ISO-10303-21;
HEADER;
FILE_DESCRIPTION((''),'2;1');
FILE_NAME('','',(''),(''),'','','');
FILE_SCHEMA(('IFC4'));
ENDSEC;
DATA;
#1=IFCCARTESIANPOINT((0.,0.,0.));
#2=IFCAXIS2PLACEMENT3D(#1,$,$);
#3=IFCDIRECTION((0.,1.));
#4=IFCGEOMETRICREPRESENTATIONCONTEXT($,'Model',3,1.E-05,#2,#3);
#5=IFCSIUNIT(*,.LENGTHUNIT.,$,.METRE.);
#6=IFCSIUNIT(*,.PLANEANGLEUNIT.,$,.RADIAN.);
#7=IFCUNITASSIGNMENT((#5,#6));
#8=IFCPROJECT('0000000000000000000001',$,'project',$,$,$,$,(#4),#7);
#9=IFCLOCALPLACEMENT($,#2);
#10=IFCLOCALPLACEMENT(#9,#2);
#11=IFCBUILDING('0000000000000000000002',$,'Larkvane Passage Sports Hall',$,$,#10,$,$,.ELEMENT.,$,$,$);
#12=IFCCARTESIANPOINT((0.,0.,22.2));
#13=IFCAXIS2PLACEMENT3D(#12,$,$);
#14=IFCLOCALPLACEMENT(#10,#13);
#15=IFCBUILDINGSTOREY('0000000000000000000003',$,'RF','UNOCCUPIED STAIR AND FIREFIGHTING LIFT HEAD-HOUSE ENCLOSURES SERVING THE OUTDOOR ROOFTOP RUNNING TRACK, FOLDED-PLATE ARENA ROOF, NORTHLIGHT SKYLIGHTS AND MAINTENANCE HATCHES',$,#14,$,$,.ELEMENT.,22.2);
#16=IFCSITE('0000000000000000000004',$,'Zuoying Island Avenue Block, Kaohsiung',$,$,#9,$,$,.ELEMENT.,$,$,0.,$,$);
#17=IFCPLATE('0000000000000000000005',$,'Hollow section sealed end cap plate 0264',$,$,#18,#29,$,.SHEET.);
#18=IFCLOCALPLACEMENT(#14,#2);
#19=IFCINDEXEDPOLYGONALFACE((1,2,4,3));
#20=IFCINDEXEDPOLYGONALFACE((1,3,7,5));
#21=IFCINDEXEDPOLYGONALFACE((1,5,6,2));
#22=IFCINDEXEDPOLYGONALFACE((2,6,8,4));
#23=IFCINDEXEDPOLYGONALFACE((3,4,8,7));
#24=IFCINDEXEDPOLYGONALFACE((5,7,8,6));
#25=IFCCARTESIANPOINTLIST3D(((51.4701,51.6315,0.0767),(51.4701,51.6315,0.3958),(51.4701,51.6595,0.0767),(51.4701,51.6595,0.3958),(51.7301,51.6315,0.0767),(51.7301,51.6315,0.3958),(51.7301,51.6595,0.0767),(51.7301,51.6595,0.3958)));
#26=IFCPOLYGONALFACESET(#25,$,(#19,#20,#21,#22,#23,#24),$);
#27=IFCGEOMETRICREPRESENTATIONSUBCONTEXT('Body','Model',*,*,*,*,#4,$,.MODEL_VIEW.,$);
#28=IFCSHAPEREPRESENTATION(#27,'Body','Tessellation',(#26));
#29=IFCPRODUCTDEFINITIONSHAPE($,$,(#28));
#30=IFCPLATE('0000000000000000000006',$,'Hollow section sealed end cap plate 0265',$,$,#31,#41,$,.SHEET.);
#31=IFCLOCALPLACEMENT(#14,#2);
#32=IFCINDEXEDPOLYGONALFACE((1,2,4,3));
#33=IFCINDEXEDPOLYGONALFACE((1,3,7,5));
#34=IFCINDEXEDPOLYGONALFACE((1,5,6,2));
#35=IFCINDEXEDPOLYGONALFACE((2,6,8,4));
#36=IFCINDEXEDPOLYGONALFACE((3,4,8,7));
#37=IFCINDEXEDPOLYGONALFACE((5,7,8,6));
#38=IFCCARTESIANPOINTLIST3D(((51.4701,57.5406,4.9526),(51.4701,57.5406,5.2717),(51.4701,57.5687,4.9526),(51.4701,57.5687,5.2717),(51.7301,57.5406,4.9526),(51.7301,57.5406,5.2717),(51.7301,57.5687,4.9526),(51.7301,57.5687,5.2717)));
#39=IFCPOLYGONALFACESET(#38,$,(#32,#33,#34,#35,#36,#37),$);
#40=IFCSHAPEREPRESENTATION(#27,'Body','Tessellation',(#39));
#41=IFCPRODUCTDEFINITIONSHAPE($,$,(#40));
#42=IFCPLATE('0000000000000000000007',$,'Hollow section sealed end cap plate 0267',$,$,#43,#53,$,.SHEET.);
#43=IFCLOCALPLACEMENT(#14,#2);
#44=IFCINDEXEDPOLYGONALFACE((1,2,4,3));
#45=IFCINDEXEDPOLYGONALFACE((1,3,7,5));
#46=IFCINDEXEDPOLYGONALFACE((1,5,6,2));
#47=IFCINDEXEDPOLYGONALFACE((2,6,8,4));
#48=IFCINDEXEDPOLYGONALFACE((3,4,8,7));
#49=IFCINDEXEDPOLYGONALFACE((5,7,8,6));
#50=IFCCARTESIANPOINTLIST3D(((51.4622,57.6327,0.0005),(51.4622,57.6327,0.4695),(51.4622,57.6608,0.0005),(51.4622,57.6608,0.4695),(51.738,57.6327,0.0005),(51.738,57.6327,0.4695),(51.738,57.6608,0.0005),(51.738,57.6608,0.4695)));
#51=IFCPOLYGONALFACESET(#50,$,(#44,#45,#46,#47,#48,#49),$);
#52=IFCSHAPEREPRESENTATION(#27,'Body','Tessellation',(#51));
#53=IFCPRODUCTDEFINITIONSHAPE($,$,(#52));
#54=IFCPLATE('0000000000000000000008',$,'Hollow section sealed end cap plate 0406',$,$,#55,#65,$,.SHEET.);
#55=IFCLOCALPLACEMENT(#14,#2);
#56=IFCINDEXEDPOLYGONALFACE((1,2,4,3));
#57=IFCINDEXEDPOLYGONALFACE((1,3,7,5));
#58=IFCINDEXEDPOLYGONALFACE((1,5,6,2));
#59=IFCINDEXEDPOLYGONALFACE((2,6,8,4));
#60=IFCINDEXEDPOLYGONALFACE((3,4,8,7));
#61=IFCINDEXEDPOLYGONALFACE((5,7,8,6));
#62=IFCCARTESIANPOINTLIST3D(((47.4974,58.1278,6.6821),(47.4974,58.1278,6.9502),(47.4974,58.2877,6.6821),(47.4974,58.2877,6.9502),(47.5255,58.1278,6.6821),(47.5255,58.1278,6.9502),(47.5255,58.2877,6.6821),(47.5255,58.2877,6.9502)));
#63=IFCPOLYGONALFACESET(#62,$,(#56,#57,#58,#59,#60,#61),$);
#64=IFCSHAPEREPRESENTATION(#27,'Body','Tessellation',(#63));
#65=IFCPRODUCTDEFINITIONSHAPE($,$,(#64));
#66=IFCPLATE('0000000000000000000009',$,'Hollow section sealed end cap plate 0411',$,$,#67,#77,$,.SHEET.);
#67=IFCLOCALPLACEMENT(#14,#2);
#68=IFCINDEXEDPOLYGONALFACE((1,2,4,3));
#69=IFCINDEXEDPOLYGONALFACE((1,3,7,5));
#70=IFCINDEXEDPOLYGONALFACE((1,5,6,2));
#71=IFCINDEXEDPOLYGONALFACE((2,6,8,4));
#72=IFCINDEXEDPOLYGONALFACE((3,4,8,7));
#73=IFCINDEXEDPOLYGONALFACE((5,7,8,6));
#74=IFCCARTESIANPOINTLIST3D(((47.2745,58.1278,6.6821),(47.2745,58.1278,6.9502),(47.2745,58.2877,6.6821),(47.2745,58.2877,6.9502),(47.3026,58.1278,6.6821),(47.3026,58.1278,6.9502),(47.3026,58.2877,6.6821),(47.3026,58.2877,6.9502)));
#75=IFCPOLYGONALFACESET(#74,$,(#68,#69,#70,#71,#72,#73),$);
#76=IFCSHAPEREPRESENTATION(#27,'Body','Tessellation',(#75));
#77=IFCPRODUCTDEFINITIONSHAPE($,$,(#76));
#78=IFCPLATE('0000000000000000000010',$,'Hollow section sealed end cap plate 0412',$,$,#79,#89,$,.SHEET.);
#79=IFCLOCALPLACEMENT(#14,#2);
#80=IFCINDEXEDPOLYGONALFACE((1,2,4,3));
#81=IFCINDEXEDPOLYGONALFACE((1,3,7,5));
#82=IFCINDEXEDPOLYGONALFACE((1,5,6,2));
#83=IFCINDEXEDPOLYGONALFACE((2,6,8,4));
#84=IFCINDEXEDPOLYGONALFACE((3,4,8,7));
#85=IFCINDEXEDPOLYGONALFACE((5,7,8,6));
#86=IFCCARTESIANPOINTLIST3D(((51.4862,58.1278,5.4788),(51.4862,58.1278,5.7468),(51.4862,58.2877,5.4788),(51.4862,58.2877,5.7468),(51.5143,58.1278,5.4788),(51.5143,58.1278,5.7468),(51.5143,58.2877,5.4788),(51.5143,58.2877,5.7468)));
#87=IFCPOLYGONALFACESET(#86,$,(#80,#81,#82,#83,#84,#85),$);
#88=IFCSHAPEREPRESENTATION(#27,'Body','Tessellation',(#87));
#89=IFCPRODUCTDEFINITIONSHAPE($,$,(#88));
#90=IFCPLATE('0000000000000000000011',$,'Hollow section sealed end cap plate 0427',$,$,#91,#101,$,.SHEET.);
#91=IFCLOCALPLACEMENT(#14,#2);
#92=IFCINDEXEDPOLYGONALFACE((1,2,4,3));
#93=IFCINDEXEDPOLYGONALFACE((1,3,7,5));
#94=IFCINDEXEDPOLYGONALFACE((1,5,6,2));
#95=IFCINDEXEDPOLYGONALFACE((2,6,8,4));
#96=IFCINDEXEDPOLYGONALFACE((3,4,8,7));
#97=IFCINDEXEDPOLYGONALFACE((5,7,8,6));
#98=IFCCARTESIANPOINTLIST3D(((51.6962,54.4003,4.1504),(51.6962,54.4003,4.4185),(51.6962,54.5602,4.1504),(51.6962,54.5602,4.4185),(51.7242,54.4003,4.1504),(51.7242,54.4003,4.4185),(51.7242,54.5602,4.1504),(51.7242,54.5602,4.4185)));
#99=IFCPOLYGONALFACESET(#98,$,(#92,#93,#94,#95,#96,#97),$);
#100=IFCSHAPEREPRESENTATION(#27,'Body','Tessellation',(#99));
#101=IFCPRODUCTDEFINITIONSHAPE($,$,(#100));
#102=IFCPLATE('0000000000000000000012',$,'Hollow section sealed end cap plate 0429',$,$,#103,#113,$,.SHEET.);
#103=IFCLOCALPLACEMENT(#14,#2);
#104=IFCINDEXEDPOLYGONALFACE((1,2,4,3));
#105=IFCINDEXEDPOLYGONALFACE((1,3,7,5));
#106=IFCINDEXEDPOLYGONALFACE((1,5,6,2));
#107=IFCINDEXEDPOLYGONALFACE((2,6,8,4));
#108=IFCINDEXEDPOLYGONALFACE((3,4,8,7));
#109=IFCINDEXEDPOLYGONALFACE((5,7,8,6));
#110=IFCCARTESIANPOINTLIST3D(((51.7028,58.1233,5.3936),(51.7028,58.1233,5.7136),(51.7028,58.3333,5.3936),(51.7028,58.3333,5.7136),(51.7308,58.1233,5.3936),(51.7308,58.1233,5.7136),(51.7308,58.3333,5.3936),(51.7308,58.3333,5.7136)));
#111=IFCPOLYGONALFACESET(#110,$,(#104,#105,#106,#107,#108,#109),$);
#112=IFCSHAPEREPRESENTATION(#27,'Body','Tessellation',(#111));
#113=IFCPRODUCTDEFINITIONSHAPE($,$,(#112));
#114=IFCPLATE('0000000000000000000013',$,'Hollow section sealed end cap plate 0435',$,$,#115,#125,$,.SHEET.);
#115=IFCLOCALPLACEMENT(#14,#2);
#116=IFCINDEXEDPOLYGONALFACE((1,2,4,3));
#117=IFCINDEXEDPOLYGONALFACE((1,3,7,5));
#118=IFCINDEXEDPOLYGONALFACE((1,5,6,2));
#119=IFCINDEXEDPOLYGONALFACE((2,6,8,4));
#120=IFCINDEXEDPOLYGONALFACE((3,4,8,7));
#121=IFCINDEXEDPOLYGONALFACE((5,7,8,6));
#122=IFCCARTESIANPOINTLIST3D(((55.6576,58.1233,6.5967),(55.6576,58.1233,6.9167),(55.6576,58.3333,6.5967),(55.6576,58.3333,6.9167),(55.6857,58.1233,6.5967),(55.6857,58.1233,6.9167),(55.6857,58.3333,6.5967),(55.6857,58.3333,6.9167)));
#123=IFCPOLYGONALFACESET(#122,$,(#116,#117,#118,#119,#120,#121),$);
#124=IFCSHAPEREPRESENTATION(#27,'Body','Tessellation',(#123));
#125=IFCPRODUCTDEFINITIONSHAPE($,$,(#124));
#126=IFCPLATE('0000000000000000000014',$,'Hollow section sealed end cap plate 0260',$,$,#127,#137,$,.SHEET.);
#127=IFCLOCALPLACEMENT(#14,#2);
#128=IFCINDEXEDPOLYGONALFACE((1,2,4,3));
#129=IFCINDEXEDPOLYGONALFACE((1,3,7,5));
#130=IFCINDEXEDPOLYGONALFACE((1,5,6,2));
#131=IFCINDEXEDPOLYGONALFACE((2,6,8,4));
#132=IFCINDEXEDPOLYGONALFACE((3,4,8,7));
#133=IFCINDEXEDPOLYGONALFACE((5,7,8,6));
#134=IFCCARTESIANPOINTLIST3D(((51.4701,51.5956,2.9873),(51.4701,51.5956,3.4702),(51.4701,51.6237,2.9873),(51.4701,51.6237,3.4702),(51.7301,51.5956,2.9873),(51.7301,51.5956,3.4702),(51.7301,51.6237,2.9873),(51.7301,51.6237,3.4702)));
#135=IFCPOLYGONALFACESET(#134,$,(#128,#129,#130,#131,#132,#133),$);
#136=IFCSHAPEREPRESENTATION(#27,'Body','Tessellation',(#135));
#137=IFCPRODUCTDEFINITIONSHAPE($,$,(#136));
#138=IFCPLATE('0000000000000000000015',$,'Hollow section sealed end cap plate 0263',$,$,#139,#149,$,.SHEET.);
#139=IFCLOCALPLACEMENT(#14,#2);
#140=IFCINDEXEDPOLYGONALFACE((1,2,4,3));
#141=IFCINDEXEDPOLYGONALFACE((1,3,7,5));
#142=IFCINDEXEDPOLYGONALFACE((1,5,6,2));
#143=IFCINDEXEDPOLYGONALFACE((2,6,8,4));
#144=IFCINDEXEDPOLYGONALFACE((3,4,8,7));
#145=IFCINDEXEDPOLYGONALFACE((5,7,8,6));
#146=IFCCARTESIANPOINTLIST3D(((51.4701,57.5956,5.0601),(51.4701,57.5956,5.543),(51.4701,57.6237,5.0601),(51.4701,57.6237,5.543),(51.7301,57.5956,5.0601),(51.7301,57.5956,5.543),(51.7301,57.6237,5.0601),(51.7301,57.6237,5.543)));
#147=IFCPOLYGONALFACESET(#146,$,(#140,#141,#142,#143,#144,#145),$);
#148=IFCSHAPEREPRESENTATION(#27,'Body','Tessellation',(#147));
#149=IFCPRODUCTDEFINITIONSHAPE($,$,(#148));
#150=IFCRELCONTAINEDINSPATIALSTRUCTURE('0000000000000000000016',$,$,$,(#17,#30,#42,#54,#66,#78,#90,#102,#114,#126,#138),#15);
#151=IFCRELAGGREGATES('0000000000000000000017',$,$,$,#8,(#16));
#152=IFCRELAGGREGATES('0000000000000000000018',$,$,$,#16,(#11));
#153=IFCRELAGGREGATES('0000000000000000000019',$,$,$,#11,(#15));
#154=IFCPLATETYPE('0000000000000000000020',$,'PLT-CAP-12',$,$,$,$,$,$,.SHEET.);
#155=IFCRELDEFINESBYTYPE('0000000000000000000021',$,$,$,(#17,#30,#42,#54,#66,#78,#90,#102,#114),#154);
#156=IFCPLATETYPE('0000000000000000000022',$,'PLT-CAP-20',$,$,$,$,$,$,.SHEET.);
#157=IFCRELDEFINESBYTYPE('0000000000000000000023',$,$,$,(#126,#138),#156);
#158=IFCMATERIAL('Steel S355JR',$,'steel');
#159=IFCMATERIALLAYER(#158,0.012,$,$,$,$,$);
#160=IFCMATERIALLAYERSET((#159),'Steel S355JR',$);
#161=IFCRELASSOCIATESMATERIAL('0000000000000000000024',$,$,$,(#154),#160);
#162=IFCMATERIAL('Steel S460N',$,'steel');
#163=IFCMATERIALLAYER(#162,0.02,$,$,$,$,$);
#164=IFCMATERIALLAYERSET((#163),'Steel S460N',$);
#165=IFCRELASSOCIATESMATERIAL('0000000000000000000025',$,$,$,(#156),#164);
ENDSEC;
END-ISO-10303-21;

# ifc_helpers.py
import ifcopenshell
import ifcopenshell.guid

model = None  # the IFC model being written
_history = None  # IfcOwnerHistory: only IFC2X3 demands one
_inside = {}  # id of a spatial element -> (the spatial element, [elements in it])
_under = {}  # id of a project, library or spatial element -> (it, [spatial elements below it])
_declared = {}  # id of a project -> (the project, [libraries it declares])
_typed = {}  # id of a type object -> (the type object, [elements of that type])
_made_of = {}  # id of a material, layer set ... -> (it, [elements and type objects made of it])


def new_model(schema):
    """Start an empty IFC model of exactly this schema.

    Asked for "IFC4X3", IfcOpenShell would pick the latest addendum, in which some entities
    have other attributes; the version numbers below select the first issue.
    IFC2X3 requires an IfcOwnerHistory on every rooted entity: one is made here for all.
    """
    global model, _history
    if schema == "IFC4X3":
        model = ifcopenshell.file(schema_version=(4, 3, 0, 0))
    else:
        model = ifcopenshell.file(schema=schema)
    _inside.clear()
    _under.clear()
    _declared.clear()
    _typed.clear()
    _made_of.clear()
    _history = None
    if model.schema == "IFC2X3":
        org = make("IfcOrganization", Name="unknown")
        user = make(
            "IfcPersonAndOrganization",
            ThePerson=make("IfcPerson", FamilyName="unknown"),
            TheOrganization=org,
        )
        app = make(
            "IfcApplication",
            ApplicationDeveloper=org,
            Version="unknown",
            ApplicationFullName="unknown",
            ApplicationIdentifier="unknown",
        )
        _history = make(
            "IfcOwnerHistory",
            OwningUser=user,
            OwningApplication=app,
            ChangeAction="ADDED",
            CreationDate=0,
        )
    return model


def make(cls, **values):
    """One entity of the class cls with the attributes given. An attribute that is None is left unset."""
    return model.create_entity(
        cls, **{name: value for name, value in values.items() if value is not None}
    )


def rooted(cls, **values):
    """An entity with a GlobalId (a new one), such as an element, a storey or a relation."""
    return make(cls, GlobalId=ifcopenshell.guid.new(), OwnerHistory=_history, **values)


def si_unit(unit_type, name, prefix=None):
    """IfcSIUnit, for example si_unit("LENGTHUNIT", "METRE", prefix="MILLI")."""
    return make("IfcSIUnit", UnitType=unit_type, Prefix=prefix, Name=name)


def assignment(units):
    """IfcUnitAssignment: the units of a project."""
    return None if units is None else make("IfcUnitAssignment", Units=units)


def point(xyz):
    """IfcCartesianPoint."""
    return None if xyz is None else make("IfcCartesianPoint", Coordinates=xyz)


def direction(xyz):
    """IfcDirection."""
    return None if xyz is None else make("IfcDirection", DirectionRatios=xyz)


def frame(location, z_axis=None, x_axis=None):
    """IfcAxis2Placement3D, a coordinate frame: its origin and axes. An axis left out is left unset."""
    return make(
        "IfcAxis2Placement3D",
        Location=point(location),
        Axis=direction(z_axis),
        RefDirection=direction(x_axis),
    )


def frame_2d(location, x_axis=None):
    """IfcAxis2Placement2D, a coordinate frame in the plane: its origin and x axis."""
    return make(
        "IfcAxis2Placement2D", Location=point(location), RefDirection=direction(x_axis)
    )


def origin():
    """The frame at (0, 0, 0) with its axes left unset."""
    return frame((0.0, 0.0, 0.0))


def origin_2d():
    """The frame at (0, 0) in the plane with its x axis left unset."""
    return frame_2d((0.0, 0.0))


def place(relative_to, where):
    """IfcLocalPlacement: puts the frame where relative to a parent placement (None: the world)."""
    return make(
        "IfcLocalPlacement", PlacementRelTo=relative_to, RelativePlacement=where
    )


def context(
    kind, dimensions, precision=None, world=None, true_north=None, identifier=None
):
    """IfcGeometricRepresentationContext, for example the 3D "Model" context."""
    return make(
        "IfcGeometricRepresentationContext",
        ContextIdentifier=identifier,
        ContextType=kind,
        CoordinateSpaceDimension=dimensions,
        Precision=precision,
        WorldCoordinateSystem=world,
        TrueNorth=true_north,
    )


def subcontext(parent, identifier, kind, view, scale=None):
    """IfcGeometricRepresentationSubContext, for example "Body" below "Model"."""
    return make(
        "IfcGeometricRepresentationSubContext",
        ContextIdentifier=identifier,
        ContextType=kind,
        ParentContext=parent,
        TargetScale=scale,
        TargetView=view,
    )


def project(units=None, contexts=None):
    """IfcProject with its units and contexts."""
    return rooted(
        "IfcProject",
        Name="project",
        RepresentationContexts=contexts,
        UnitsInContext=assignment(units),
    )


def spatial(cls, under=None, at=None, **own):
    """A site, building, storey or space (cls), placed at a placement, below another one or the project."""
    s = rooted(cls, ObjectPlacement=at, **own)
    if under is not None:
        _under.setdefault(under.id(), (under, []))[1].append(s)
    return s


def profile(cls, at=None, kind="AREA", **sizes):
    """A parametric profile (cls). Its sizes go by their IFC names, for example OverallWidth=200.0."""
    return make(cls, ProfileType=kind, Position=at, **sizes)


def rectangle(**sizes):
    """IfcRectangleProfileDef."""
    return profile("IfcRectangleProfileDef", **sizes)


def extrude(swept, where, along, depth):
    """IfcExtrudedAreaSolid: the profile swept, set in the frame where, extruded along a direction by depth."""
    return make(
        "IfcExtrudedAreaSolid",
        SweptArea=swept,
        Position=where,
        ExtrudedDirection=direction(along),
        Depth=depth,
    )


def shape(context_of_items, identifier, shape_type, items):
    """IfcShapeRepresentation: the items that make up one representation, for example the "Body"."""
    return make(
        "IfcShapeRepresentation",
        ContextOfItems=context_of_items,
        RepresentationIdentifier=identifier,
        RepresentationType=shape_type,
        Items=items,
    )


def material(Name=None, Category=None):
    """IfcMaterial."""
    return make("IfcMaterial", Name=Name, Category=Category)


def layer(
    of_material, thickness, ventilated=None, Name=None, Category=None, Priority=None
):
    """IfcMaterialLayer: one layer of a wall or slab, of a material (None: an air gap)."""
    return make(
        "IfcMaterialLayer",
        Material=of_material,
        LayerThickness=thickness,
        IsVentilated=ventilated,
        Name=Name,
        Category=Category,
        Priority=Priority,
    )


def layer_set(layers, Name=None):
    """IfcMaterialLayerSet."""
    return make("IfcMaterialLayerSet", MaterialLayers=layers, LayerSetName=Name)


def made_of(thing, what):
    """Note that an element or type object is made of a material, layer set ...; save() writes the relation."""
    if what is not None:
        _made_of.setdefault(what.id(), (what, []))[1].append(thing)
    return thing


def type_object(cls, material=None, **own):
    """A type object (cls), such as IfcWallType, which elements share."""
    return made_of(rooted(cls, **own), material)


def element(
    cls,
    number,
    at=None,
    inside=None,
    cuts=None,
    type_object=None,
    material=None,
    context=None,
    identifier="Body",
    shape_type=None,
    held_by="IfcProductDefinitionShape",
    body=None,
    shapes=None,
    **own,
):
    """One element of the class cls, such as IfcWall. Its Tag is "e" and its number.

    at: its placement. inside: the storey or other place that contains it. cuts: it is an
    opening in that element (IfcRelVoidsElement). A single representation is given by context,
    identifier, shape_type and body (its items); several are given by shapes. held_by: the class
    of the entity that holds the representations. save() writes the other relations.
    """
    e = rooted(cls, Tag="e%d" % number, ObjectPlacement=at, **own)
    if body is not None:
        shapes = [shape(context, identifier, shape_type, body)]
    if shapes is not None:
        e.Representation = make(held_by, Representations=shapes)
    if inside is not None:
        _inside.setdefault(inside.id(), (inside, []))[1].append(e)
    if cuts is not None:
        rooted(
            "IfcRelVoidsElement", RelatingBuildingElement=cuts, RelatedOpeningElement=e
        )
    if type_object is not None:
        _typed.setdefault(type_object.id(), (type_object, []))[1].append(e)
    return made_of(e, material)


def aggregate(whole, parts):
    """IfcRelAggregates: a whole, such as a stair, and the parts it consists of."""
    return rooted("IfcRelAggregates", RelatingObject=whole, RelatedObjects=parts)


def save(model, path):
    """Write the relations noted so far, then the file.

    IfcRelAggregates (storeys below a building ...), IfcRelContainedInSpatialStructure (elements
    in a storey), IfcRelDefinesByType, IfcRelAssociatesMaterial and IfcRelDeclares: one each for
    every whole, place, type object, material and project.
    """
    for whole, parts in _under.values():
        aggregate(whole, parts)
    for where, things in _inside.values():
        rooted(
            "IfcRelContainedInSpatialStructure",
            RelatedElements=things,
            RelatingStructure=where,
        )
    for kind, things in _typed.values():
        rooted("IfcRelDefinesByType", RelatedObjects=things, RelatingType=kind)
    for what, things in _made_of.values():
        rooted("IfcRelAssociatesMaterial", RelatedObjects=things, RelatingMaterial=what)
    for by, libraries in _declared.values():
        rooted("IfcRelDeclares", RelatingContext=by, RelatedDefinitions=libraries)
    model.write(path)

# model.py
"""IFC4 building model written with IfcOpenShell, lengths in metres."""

from ifc_helpers import new_model, si_unit, direction, frame, origin, origin_2d, place, context, subcontext, project, spatial, rectangle, extrude, material, layer, layer_set, type_object, element, save


model = new_model("IFC4")

# Units and contexts
model_context = context("Model", 3, precision=1e-05, world=origin(), true_north=direction((0.0, 1.0)))
body_context = subcontext(model_context, "Body", "Model", "MODEL_VIEW")
ifc_project = project(units=[si_unit("LENGTHUNIT", "METRE"), si_unit("PLANEANGLEUNIT", "RADIAN")], contexts=[model_context])

# Site, building, storey
site_placement = place(None, origin())
site = spatial("IfcSite", under=ifc_project, at=site_placement, Name="Zuoying Island Avenue Block, Kaohsiung", CompositionType="ELEMENT", RefElevation=0.0)
building_placement = place(site_placement, origin())
building = spatial("IfcBuilding", under=site, at=building_placement, Name="Larkvane Passage Sports Hall", CompositionType="ELEMENT")
storey_placement = place(building_placement, frame((0.0, 0.0, 22.2)))
storey = spatial("IfcBuildingStorey", under=building, at=storey_placement, Name="RF", Description="UNOCCUPIED STAIR AND FIREFIGHTING LIFT HEAD-HOUSE ENCLOSURES SERVING THE OUTDOOR ROOFTOP RUNNING TRACK, FOLDED-PLATE ARENA ROOF, NORTHLIGHT SKYLIGHTS AND MAINTENANCE HATCHES", CompositionType="ELEMENT", Elevation=22.2)

# Shared definitions
ifc_material_1 = material(Name="Steel S355JR", Category="steel")
ifc_material_2 = material(Name="Steel S460N", Category="steel")

# Plates
ifc_layer_1 = layer(ifc_material_1, 0.012)
ifc_layer_set_1 = layer_set([ifc_layer_1], Name="Steel S355JR")
plate_type_1 = type_object("IfcPlateType", Name="PLT-CAP-12", PredefinedType="SHEET", material=ifc_layer_set_1)
for number, where, z_axis, x_axis, name in (
    (1, (51.6001, 51.6455, 0.0767), (0.0, 0.0, 1.0), (-1.0, 0.0, 0.0), "Hollow section sealed end cap plate 0264"),
    (2, (51.6001, 57.5547, 4.9526), (0.0, 0.0, 1.0), (-1.0, 0.0, 0.0), "Hollow section sealed end cap plate 0265"),
):
    element("IfcPlate", number, at=place(storey_placement, frame(where, z_axis=z_axis, x_axis=x_axis)), inside=storey, type_object=plate_type_1, Name=name, PredefinedType="SHEET", context=body_context, shape_type="SweptSolid", body=[
        extrude(rectangle(XDim=0.26, YDim=0.0281, at=origin_2d()), origin(), (0.0, 0.0, 1.0), 0.3191),
    ])
plate_1_placement = place(storey_placement, frame((51.6001, 57.6467, 0.0005), z_axis=(0.0, 0.0, 1.0), x_axis=(-1.0, 0.0, 0.0)))
element("IfcPlate", 3, at=plate_1_placement, inside=storey, type_object=plate_type_1, Name="Hollow section sealed end cap plate 0267", PredefinedType="SHEET", context=body_context, shape_type="SweptSolid", body=[
    extrude(rectangle(XDim=0.2759, YDim=0.0281, at=origin_2d()), origin(), (0.0, 0.0, 1.0), 0.469),
])
for number, where, z_axis, x_axis, name in (
    (4, (47.5115, 58.2078, 6.6821), (0.0, 0.0, 1.0), (0.0, 1.0, 0.0), "Hollow section sealed end cap plate 0406"),
    (5, (47.2886, 58.2078, 6.6821), (0.0, 0.0, 1.0), (0.0, 1.0, 0.0), "Hollow section sealed end cap plate 0411"),
    (6, (51.5002, 58.2078, 5.4788), (0.0, 0.0, 1.0), (0.0, 1.0, 0.0), "Hollow section sealed end cap plate 0412"),
    (7, (51.7102, 54.4802, 4.1504), (0.0, 0.0, 1.0), (0.0, 1.0, 0.0), "Hollow section sealed end cap plate 0427"),
):
    element("IfcPlate", number, at=place(storey_placement, frame(where, z_axis=z_axis, x_axis=x_axis)), inside=storey, type_object=plate_type_1, Name=name, PredefinedType="SHEET", context=body_context, shape_type="SweptSolid", body=[
        extrude(rectangle(XDim=0.1599, YDim=0.0281, at=origin_2d()), origin(), (0.0, 0.0, 1.0), 0.2681),
    ])
for number, where, z_axis, x_axis, name in (
    (8, (51.7168, 58.2283, 5.3936), (0.0, 0.0, 1.0), (0.0, 1.0, 0.0), "Hollow section sealed end cap plate 0429"),
    (9, (55.6716, 58.2283, 6.5967), (0.0, 0.0, 1.0), (0.0, 1.0, 0.0), "Hollow section sealed end cap plate 0435"),
):
    element("IfcPlate", number, at=place(storey_placement, frame(where, z_axis=z_axis, x_axis=x_axis)), inside=storey, type_object=plate_type_1, Name=name, PredefinedType="SHEET", context=body_context, shape_type="SweptSolid", body=[
        extrude(rectangle(XDim=0.21, YDim=0.0281, at=origin_2d()), origin(), (0.0, 0.0, 1.0), 0.3201),
    ])
ifc_layer_2 = layer(ifc_material_2, 0.02)
ifc_layer_set_2 = layer_set([ifc_layer_2], Name="Steel S460N")
plate_type_2 = type_object("IfcPlateType", Name="PLT-CAP-20", PredefinedType="SHEET", material=ifc_layer_set_2)
for number, where, z_axis, x_axis, name in (
    (10, (51.6001, 51.6096, 2.9873), (0.0, 0.0, 1.0), (-1.0, 0.0, 0.0), "Hollow section sealed end cap plate 0260"),
    (11, (51.6001, 57.6096, 5.0601), (0.0, 0.0, 1.0), (-1.0, 0.0, 0.0), "Hollow section sealed end cap plate 0263"),
):
    element("IfcPlate", number, at=place(storey_placement, frame(where, z_axis=z_axis, x_axis=x_axis)), inside=storey, type_object=plate_type_2, Name=name, PredefinedType="SHEET", context=body_context, shape_type="SweptSolid", body=[
        extrude(rectangle(XDim=0.26, YDim=0.0281, at=origin_2d()), origin(), (0.0, 0.0, 1.0), 0.4829),
    ])

save(model, "model.ifc")
